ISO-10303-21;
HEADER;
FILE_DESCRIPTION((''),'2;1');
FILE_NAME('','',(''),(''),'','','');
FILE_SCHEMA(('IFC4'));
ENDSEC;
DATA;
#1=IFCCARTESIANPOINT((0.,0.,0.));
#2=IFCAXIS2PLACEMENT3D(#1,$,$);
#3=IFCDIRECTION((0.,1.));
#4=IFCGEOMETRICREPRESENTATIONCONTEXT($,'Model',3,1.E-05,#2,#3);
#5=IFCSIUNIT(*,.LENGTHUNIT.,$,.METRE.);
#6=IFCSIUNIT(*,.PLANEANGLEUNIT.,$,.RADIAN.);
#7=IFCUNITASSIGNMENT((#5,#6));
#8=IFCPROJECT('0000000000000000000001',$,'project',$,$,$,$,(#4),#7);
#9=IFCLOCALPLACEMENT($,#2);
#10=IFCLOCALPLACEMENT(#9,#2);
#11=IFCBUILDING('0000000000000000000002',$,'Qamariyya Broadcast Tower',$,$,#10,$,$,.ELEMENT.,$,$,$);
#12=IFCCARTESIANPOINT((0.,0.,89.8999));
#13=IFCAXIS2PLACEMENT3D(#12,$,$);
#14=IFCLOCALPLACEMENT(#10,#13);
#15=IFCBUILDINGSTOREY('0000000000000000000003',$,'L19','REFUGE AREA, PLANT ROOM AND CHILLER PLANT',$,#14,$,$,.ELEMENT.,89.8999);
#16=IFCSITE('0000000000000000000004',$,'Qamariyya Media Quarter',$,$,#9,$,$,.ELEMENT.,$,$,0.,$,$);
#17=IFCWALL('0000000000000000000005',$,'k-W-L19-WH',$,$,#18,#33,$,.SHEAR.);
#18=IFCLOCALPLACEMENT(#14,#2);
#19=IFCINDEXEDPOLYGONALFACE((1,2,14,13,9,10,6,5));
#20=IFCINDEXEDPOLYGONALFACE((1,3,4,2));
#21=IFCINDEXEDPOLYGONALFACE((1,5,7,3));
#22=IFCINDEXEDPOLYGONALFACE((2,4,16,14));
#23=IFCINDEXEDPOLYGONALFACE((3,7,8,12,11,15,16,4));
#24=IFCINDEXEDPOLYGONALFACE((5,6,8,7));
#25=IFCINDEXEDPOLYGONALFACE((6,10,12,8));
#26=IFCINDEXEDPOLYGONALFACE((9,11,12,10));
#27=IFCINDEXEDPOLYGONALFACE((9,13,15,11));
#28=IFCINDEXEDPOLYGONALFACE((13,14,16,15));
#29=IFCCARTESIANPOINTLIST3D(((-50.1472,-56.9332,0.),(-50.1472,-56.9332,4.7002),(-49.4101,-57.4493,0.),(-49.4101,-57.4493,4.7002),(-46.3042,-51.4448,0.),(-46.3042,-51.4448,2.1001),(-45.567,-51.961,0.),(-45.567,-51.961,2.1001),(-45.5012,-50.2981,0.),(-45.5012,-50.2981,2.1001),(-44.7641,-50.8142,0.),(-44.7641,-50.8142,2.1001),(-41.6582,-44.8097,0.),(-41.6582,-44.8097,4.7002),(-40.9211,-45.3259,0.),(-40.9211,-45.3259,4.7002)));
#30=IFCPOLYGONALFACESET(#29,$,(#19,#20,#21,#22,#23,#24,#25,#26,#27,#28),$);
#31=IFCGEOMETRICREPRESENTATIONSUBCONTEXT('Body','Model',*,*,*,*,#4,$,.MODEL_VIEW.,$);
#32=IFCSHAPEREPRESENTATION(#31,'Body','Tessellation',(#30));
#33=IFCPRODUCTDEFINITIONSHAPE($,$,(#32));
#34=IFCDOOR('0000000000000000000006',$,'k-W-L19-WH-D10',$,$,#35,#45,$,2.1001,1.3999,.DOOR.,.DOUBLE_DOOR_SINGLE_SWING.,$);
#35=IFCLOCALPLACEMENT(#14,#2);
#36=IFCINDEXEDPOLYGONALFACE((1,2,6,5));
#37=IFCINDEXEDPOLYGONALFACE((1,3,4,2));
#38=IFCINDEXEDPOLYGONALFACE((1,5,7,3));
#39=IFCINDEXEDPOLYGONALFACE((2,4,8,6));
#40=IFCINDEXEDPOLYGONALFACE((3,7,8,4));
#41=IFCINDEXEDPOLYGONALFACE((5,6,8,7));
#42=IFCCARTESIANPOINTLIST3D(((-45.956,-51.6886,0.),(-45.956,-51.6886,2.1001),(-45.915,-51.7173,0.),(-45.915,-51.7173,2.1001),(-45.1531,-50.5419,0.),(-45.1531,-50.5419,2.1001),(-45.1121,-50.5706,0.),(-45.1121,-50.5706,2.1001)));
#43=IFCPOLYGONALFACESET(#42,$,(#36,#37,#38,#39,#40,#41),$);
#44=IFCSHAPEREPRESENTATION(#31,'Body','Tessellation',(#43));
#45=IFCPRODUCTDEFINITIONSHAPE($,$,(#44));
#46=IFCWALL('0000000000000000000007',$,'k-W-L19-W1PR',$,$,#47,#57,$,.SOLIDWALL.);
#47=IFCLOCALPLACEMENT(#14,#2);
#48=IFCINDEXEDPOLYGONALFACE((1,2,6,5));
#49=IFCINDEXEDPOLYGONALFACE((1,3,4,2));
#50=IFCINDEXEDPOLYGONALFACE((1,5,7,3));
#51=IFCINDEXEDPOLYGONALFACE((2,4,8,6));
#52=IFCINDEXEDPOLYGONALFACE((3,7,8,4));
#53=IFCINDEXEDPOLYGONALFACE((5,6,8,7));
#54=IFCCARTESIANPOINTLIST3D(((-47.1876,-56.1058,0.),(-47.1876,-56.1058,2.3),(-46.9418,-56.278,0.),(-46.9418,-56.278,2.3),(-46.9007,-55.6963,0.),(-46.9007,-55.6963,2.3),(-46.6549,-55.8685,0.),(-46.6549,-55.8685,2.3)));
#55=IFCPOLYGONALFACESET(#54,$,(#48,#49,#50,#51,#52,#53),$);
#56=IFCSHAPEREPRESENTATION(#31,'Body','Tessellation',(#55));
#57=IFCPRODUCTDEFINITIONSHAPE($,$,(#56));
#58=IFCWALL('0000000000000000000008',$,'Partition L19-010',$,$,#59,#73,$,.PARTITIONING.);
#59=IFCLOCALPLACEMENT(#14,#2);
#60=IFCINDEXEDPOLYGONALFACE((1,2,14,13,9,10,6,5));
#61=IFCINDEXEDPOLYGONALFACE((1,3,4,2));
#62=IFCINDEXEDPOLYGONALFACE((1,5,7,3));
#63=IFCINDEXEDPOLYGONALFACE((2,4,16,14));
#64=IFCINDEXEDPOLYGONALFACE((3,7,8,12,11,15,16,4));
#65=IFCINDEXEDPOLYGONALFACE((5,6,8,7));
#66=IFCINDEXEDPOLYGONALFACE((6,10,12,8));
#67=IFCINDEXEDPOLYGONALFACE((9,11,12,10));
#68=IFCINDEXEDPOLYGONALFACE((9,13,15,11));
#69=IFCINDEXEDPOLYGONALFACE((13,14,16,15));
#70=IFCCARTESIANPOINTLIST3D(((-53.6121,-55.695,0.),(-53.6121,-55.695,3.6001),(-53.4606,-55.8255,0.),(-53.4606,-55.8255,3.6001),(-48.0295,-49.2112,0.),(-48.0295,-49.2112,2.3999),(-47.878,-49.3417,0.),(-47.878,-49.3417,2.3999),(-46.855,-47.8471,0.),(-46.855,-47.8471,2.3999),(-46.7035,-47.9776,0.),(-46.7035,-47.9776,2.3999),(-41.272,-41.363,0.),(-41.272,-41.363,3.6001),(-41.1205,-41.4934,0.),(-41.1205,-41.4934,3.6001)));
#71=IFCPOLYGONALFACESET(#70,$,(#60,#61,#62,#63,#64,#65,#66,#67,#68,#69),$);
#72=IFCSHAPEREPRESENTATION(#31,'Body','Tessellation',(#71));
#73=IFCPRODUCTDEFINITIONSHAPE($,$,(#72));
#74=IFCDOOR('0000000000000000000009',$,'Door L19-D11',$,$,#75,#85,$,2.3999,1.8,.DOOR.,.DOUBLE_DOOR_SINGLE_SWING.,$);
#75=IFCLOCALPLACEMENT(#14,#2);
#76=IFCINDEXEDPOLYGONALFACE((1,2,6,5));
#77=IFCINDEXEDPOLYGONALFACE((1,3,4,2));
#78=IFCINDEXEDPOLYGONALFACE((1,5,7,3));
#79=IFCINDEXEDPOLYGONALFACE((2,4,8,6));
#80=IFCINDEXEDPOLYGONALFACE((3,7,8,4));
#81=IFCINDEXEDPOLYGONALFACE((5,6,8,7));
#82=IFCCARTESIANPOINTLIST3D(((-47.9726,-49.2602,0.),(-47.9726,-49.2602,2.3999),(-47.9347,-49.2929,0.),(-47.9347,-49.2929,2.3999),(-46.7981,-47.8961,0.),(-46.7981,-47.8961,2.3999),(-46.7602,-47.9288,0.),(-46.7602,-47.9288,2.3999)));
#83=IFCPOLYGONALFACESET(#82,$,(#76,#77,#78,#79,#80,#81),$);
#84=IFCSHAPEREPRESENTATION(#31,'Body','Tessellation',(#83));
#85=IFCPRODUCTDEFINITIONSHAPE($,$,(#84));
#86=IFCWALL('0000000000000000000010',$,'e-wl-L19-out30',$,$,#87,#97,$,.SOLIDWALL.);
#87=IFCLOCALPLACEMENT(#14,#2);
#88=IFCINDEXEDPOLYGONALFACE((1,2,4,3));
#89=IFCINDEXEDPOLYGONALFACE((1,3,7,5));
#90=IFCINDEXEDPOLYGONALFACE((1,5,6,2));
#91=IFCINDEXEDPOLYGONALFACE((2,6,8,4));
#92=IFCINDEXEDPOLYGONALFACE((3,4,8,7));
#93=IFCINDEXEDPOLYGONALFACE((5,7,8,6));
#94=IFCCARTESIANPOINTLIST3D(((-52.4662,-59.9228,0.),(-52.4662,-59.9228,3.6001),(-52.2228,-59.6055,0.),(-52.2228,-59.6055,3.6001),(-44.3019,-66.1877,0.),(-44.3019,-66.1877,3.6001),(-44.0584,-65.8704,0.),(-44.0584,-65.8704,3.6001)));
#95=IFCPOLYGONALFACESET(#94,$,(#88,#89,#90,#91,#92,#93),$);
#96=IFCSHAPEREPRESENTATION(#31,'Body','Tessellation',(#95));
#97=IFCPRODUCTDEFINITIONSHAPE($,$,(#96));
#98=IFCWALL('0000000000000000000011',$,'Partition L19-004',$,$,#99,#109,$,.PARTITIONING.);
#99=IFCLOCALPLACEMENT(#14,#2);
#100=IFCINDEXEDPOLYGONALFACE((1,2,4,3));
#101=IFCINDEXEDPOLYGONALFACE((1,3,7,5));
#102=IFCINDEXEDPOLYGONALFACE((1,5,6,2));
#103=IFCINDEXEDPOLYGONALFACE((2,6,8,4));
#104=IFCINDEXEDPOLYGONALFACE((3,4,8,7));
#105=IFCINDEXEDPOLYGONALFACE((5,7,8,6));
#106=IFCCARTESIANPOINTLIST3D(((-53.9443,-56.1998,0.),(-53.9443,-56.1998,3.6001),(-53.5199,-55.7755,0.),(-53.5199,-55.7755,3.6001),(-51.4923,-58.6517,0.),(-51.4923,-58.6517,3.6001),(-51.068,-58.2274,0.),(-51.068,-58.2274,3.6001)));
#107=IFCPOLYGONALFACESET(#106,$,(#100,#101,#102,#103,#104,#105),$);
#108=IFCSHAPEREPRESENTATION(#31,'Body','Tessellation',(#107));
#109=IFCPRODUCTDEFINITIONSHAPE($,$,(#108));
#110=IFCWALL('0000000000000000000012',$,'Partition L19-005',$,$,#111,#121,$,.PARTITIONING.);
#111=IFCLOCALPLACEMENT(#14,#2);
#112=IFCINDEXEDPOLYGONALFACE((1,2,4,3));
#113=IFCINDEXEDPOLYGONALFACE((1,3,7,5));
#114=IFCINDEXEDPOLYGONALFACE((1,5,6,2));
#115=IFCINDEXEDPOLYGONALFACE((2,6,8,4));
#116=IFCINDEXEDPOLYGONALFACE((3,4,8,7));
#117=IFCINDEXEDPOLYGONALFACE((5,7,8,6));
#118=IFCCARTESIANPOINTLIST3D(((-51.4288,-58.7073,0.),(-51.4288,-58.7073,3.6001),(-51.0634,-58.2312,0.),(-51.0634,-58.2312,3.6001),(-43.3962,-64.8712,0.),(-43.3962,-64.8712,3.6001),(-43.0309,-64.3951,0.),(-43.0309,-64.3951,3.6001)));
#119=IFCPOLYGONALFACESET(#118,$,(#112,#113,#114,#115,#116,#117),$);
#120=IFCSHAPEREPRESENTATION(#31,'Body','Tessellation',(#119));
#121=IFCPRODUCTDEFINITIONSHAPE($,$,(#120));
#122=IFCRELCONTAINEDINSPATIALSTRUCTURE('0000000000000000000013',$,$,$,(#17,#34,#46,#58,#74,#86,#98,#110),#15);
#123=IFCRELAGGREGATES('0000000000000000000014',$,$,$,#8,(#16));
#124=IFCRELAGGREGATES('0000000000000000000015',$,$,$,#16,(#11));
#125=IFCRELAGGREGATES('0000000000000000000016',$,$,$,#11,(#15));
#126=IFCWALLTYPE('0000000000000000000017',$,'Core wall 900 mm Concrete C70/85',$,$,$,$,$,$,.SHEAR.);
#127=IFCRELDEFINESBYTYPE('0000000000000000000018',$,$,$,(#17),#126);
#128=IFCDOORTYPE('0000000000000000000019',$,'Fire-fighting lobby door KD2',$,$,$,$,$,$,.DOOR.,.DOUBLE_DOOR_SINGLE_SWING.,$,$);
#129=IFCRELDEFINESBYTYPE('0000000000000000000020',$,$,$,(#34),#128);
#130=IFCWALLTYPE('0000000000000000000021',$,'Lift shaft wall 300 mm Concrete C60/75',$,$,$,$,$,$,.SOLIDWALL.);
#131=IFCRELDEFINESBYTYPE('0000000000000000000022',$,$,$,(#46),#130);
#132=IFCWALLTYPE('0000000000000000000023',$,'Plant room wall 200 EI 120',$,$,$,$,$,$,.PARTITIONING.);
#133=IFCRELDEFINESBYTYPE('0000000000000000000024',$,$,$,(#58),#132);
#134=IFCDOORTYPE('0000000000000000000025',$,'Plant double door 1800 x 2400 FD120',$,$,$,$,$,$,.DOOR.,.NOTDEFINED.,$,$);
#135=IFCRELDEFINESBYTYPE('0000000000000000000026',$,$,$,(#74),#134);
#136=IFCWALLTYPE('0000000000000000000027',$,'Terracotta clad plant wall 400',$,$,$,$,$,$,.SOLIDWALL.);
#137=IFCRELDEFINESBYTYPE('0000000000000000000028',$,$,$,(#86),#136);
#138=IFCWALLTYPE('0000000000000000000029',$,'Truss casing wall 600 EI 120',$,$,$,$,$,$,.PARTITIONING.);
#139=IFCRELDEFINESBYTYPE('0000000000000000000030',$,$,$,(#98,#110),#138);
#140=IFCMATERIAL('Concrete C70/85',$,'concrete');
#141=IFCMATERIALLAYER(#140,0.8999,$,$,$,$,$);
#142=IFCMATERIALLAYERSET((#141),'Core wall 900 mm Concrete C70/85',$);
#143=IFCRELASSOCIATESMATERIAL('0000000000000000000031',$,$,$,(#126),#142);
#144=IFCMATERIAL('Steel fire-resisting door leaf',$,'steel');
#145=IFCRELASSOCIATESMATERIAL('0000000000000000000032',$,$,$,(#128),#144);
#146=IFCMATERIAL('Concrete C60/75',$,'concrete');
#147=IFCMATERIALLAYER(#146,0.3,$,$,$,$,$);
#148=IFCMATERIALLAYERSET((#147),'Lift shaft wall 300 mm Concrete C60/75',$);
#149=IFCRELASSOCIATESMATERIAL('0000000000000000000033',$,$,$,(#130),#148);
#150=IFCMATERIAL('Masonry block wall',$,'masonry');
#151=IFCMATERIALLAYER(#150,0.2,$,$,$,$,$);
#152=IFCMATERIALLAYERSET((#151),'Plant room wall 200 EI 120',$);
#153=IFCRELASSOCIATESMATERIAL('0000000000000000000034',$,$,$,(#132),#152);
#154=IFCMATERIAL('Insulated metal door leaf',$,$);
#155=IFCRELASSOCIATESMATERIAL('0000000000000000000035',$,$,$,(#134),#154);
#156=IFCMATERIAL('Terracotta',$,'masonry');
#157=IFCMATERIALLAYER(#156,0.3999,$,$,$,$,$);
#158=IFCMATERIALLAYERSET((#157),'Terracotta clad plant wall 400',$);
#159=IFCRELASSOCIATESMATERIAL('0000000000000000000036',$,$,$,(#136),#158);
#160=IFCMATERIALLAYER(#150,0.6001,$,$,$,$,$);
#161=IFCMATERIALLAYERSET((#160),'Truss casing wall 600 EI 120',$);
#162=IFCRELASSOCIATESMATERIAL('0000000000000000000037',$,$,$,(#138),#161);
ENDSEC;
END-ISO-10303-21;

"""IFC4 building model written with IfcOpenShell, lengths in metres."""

from ifc_helpers import new_model, si_unit, direction, frame, frame_2d, origin, place, context, subcontext, project, spatial, rectangle, extrude, material, layer, layer_set, type_object, element, fill, save


model = new_model("IFC4")

# Units and contexts
model_context = context("Model", 3, precision=1e-05, world=origin(), true_north=direction((0.0, 1.0)))
body_context = subcontext(model_context, "Body", "Model", "MODEL_VIEW")
ifc_project = project(units=[si_unit("LENGTHUNIT", "METRE"), si_unit("PLANEANGLEUNIT", "RADIAN")], contexts=[model_context])

# Site, building, storey
site_placement = place(None, origin())
site = spatial("IfcSite", under=ifc_project, at=site_placement, Name="Qamariyya Media Quarter", CompositionType="ELEMENT", RefElevation=0.0)
building_placement = place(site_placement, origin())
building = spatial("IfcBuilding", under=site, at=building_placement, Name="Qamariyya Broadcast Tower", CompositionType="ELEMENT")
storey_placement = place(building_placement, frame((0.0, 0.0, 89.8999)))
storey = spatial("IfcBuildingStorey", under=building, at=storey_placement, Name="L19", Description="REFUGE AREA, PLANT ROOM AND CHILLER PLANT", CompositionType="ELEMENT", Elevation=89.8999)

# Shared definitions
ifc_material_1 = material(Name="Concrete C70/85", Category="concrete")

# Wall, opening, door
ifc_layer_1 = layer(ifc_material_1, 0.8999)
ifc_layer_set_1 = layer_set([ifc_layer_1], Name="Core wall 900 mm Concrete C70/85")
wall_type_1 = type_object("IfcWallType", Name="Core wall 900 mm Concrete C70/85", PredefinedType="SHEAR", material=ifc_layer_set_1)
wall_1_placement = place(storey_placement, frame((-49.7786, -57.1912, 0.0), z_axis=(0.0, 0.0, 1.0), x_axis=(0.573577, 0.819151, 0.0)))
wall_1 = element("IfcWall", 1, at=wall_1_placement, inside=storey, type_object=wall_type_1, Name="k-W-L19-WH", PredefinedType="SHEAR", context=body_context, shape_type="SweptSolid", body=[
    extrude(rectangle(XDim=14.8, YDim=0.8999, at=frame_2d((7.3999, 0.0))), origin(), (0.0, 0.0, 1.0), 4.7002),
])
opening_1_placement = place(wall_1_placement, frame((6.7, 0.0, 0.0)))
opening_1 = element("IfcOpeningElement", 2, at=opening_1_placement, cuts=wall_1, PredefinedType="OPENING", context=body_context, shape_type="SweptSolid", body=[
    extrude(rectangle(XDim=1.3999, YDim=2.1001, at=frame_2d((0.7, 1.05))), frame((0.0, 0.46, 0.0), z_axis=(0.0, -1.0, 0.0), x_axis=(1.0, 0.0, 0.0)), (0.0, 0.0, 1.0), 0.9199),
])
ifc_material_2 = material(Name="Steel fire-resisting door leaf", Category="steel")
door_type_1 = type_object("IfcDoorType", Name="Fire-fighting lobby door KD2", OperationType="DOUBLE_DOOR_SINGLE_SWING", PredefinedType="DOOR", material=ifc_material_2)
door_1_placement = place(opening_1_placement, origin())
door_1 = element("IfcDoor", 3, at=door_1_placement, inside=storey, type_object=door_type_1, Name="k-W-L19-WH-D10", OperationType="DOUBLE_DOOR_SINGLE_SWING", OverallHeight=2.1001, OverallWidth=1.3999, PredefinedType="DOOR", context=body_context, shape_type="SweptSolid", body=[
    extrude(rectangle(XDim=1.3999, YDim=2.1001, at=frame_2d((0.7, 1.05))), frame((0.0, 0.0249, 0.0), z_axis=(0.0, -1.0, 0.0), x_axis=(1.0, 0.0, 0.0)), (0.0, 0.0, 1.0), 0.05),
])
fill(opening_1, door_1)

# Wall
ifc_material_3 = material(Name="Concrete C60/75", Category="concrete")
ifc_layer_2 = layer(ifc_material_3, 0.3)
ifc_layer_set_2 = layer_set([ifc_layer_2], Name="Lift shaft wall 300 mm Concrete C60/75")
wall_type_2 = type_object("IfcWallType", Name="Lift shaft wall 300 mm Concrete C60/75", PredefinedType="SOLIDWALL", material=ifc_layer_set_2)
wall_2_placement = place(storey_placement, frame((-47.0647, -56.1919, 0.0), z_axis=(0.0, 0.0, 1.0), x_axis=(0.573823, 0.818979, 0.0)))
element("IfcWall", 4, at=wall_2_placement, inside=storey, type_object=wall_type_2, Name="k-W-L19-W1PR", PredefinedType="SOLIDWALL", context=body_context, shape_type="SweptSolid", body=[
    extrude(rectangle(XDim=0.5, YDim=0.3, at=frame_2d((0.25, 0.0))), origin(), (0.0, 0.0, 1.0), 2.3),
])

# Wall, opening, door
ifc_material_4 = material(Name="Masonry block wall", Category="masonry")
ifc_layer_3 = layer(ifc_material_4, 0.2)
ifc_layer_set_3 = layer_set([ifc_layer_3], Name="Plant room wall 200 EI 120")
wall_type_3 = type_object("IfcWallType", Name="Plant room wall 200 EI 120", PredefinedType="PARTITIONING", material=ifc_layer_set_3)
wall_3_placement = place(storey_placement, frame((-53.5364, -55.7603, 0.0), z_axis=(0.0, 0.0, 1.0), x_axis=(0.652481, 0.757805, 0.0)))
wall_3 = element("IfcWall", 5, at=wall_3_placement, inside=storey, type_object=wall_type_3, Name="Partition L19-010", PredefinedType="PARTITIONING", context=body_context, shape_type="SweptSolid", body=[
    extrude(rectangle(XDim=18.9126, YDim=0.2, at=frame_2d((9.4563, 0.0))), origin(), (0.0, 0.0, 1.0), 3.6001),
])
opening_2_placement = place(wall_3_placement, frame((8.5562, 0.0, 0.0)))
opening_2 = element("IfcOpeningElement", 6, at=opening_2_placement, cuts=wall_3, PredefinedType="OPENING", context=body_context, shape_type="SweptSolid", body=[
    extrude(rectangle(XDim=1.8, YDim=2.3999, at=frame_2d((0.8999, 1.2))), frame((0.0, 0.1099, 0.0), z_axis=(0.0, -1.0, 0.0), x_axis=(1.0, 0.0, 0.0)), (0.0, 0.0, 1.0), 0.22),
])
ifc_material_5 = material(Name="Insulated metal door leaf")
door_type_2 = type_object("IfcDoorType", Name="Plant double door 1800 x 2400 FD120", OperationType="NOTDEFINED", PredefinedType="DOOR", material=ifc_material_5)
door_2_placement = place(opening_2_placement, origin())
door_2 = element("IfcDoor", 7, at=door_2_placement, inside=storey, type_object=door_type_2, Name="Door L19-D11", OperationType="DOUBLE_DOOR_SINGLE_SWING", OverallHeight=2.3999, OverallWidth=1.8, PredefinedType="DOOR", context=body_context, shape_type="SweptSolid", body=[
    extrude(rectangle(XDim=1.8, YDim=2.3999, at=frame_2d((0.8999, 1.2))), frame((0.0, 0.0249, 0.0), z_axis=(0.0, -1.0, 0.0), x_axis=(1.0, 0.0, 0.0)), (0.0, 0.0, 1.0), 0.05),
])
fill(opening_2, door_2)

# Walls
ifc_material_6 = material(Name="Terracotta", Category="masonry")
ifc_layer_4 = layer(ifc_material_6, 0.3999)
ifc_layer_set_4 = layer_set([ifc_layer_4], Name="Terracotta clad plant wall 400")
wall_type_4 = type_object("IfcWallType", Name="Terracotta clad plant wall 400", PredefinedType="SOLIDWALL", material=ifc_layer_set_4)
wall_4_placement = place(storey_placement, frame((-52.3445, -59.7642, 0.0), z_axis=(0.0, 0.0, 1.0), x_axis=(0.793344, -0.608774, 0.0)))
element("IfcWall", 8, at=wall_4_placement, inside=storey, type_object=wall_type_4, Name="e-wl-L19-out30", PredefinedType="SOLIDWALL", context=body_context, shape_type="SweptSolid", body=[
    extrude(rectangle(XDim=10.291, YDim=0.3999, at=frame_2d((5.1455, 0.0))), origin(), (0.0, 0.0, 1.0), 3.6001),
])
ifc_layer_5 = layer(ifc_material_4, 0.6001)
ifc_layer_set_5 = layer_set([ifc_layer_5], Name="Truss casing wall 600 EI 120")
wall_type_5 = type_object("IfcWallType", Name="Truss casing wall 600 EI 120", PredefinedType="PARTITIONING", material=ifc_layer_set_5)
wall_5_placement = place(storey_placement, frame((-53.7322, -55.9875, 0.0), z_axis=(0.0, 0.0, 1.0), x_axis=(0.707107, -0.707107, 0.0)))
element("IfcWall", 9, at=wall_5_placement, inside=storey, type_object=wall_type_5, Name="Partition L19-004", PredefinedType="PARTITIONING", context=body_context, shape_type="SweptSolid", body=[
    extrude(rectangle(XDim=3.4675, YDim=0.6001, at=frame_2d((1.7339, 0.0))), origin(), (0.0, 0.0, 1.0), 3.6001),
])
wall_6_placement = place(storey_placement, frame((-51.2461, -58.4692, 0.0), z_axis=(0.0, 0.0, 1.0), x_axis=(0.79334, -0.608779, 0.0)))
element("IfcWall", 10, at=wall_6_placement, inside=storey, type_object=wall_type_5, Name="Partition L19-005", PredefinedType="PARTITIONING", context=body_context, shape_type="SweptSolid", body=[
    extrude(rectangle(XDim=10.125, YDim=0.6001, at=frame_2d((5.0625, 0.0))), origin(), (0.0, 0.0, 1.0), 3.6001),
])

save(model, "model.ifc")
